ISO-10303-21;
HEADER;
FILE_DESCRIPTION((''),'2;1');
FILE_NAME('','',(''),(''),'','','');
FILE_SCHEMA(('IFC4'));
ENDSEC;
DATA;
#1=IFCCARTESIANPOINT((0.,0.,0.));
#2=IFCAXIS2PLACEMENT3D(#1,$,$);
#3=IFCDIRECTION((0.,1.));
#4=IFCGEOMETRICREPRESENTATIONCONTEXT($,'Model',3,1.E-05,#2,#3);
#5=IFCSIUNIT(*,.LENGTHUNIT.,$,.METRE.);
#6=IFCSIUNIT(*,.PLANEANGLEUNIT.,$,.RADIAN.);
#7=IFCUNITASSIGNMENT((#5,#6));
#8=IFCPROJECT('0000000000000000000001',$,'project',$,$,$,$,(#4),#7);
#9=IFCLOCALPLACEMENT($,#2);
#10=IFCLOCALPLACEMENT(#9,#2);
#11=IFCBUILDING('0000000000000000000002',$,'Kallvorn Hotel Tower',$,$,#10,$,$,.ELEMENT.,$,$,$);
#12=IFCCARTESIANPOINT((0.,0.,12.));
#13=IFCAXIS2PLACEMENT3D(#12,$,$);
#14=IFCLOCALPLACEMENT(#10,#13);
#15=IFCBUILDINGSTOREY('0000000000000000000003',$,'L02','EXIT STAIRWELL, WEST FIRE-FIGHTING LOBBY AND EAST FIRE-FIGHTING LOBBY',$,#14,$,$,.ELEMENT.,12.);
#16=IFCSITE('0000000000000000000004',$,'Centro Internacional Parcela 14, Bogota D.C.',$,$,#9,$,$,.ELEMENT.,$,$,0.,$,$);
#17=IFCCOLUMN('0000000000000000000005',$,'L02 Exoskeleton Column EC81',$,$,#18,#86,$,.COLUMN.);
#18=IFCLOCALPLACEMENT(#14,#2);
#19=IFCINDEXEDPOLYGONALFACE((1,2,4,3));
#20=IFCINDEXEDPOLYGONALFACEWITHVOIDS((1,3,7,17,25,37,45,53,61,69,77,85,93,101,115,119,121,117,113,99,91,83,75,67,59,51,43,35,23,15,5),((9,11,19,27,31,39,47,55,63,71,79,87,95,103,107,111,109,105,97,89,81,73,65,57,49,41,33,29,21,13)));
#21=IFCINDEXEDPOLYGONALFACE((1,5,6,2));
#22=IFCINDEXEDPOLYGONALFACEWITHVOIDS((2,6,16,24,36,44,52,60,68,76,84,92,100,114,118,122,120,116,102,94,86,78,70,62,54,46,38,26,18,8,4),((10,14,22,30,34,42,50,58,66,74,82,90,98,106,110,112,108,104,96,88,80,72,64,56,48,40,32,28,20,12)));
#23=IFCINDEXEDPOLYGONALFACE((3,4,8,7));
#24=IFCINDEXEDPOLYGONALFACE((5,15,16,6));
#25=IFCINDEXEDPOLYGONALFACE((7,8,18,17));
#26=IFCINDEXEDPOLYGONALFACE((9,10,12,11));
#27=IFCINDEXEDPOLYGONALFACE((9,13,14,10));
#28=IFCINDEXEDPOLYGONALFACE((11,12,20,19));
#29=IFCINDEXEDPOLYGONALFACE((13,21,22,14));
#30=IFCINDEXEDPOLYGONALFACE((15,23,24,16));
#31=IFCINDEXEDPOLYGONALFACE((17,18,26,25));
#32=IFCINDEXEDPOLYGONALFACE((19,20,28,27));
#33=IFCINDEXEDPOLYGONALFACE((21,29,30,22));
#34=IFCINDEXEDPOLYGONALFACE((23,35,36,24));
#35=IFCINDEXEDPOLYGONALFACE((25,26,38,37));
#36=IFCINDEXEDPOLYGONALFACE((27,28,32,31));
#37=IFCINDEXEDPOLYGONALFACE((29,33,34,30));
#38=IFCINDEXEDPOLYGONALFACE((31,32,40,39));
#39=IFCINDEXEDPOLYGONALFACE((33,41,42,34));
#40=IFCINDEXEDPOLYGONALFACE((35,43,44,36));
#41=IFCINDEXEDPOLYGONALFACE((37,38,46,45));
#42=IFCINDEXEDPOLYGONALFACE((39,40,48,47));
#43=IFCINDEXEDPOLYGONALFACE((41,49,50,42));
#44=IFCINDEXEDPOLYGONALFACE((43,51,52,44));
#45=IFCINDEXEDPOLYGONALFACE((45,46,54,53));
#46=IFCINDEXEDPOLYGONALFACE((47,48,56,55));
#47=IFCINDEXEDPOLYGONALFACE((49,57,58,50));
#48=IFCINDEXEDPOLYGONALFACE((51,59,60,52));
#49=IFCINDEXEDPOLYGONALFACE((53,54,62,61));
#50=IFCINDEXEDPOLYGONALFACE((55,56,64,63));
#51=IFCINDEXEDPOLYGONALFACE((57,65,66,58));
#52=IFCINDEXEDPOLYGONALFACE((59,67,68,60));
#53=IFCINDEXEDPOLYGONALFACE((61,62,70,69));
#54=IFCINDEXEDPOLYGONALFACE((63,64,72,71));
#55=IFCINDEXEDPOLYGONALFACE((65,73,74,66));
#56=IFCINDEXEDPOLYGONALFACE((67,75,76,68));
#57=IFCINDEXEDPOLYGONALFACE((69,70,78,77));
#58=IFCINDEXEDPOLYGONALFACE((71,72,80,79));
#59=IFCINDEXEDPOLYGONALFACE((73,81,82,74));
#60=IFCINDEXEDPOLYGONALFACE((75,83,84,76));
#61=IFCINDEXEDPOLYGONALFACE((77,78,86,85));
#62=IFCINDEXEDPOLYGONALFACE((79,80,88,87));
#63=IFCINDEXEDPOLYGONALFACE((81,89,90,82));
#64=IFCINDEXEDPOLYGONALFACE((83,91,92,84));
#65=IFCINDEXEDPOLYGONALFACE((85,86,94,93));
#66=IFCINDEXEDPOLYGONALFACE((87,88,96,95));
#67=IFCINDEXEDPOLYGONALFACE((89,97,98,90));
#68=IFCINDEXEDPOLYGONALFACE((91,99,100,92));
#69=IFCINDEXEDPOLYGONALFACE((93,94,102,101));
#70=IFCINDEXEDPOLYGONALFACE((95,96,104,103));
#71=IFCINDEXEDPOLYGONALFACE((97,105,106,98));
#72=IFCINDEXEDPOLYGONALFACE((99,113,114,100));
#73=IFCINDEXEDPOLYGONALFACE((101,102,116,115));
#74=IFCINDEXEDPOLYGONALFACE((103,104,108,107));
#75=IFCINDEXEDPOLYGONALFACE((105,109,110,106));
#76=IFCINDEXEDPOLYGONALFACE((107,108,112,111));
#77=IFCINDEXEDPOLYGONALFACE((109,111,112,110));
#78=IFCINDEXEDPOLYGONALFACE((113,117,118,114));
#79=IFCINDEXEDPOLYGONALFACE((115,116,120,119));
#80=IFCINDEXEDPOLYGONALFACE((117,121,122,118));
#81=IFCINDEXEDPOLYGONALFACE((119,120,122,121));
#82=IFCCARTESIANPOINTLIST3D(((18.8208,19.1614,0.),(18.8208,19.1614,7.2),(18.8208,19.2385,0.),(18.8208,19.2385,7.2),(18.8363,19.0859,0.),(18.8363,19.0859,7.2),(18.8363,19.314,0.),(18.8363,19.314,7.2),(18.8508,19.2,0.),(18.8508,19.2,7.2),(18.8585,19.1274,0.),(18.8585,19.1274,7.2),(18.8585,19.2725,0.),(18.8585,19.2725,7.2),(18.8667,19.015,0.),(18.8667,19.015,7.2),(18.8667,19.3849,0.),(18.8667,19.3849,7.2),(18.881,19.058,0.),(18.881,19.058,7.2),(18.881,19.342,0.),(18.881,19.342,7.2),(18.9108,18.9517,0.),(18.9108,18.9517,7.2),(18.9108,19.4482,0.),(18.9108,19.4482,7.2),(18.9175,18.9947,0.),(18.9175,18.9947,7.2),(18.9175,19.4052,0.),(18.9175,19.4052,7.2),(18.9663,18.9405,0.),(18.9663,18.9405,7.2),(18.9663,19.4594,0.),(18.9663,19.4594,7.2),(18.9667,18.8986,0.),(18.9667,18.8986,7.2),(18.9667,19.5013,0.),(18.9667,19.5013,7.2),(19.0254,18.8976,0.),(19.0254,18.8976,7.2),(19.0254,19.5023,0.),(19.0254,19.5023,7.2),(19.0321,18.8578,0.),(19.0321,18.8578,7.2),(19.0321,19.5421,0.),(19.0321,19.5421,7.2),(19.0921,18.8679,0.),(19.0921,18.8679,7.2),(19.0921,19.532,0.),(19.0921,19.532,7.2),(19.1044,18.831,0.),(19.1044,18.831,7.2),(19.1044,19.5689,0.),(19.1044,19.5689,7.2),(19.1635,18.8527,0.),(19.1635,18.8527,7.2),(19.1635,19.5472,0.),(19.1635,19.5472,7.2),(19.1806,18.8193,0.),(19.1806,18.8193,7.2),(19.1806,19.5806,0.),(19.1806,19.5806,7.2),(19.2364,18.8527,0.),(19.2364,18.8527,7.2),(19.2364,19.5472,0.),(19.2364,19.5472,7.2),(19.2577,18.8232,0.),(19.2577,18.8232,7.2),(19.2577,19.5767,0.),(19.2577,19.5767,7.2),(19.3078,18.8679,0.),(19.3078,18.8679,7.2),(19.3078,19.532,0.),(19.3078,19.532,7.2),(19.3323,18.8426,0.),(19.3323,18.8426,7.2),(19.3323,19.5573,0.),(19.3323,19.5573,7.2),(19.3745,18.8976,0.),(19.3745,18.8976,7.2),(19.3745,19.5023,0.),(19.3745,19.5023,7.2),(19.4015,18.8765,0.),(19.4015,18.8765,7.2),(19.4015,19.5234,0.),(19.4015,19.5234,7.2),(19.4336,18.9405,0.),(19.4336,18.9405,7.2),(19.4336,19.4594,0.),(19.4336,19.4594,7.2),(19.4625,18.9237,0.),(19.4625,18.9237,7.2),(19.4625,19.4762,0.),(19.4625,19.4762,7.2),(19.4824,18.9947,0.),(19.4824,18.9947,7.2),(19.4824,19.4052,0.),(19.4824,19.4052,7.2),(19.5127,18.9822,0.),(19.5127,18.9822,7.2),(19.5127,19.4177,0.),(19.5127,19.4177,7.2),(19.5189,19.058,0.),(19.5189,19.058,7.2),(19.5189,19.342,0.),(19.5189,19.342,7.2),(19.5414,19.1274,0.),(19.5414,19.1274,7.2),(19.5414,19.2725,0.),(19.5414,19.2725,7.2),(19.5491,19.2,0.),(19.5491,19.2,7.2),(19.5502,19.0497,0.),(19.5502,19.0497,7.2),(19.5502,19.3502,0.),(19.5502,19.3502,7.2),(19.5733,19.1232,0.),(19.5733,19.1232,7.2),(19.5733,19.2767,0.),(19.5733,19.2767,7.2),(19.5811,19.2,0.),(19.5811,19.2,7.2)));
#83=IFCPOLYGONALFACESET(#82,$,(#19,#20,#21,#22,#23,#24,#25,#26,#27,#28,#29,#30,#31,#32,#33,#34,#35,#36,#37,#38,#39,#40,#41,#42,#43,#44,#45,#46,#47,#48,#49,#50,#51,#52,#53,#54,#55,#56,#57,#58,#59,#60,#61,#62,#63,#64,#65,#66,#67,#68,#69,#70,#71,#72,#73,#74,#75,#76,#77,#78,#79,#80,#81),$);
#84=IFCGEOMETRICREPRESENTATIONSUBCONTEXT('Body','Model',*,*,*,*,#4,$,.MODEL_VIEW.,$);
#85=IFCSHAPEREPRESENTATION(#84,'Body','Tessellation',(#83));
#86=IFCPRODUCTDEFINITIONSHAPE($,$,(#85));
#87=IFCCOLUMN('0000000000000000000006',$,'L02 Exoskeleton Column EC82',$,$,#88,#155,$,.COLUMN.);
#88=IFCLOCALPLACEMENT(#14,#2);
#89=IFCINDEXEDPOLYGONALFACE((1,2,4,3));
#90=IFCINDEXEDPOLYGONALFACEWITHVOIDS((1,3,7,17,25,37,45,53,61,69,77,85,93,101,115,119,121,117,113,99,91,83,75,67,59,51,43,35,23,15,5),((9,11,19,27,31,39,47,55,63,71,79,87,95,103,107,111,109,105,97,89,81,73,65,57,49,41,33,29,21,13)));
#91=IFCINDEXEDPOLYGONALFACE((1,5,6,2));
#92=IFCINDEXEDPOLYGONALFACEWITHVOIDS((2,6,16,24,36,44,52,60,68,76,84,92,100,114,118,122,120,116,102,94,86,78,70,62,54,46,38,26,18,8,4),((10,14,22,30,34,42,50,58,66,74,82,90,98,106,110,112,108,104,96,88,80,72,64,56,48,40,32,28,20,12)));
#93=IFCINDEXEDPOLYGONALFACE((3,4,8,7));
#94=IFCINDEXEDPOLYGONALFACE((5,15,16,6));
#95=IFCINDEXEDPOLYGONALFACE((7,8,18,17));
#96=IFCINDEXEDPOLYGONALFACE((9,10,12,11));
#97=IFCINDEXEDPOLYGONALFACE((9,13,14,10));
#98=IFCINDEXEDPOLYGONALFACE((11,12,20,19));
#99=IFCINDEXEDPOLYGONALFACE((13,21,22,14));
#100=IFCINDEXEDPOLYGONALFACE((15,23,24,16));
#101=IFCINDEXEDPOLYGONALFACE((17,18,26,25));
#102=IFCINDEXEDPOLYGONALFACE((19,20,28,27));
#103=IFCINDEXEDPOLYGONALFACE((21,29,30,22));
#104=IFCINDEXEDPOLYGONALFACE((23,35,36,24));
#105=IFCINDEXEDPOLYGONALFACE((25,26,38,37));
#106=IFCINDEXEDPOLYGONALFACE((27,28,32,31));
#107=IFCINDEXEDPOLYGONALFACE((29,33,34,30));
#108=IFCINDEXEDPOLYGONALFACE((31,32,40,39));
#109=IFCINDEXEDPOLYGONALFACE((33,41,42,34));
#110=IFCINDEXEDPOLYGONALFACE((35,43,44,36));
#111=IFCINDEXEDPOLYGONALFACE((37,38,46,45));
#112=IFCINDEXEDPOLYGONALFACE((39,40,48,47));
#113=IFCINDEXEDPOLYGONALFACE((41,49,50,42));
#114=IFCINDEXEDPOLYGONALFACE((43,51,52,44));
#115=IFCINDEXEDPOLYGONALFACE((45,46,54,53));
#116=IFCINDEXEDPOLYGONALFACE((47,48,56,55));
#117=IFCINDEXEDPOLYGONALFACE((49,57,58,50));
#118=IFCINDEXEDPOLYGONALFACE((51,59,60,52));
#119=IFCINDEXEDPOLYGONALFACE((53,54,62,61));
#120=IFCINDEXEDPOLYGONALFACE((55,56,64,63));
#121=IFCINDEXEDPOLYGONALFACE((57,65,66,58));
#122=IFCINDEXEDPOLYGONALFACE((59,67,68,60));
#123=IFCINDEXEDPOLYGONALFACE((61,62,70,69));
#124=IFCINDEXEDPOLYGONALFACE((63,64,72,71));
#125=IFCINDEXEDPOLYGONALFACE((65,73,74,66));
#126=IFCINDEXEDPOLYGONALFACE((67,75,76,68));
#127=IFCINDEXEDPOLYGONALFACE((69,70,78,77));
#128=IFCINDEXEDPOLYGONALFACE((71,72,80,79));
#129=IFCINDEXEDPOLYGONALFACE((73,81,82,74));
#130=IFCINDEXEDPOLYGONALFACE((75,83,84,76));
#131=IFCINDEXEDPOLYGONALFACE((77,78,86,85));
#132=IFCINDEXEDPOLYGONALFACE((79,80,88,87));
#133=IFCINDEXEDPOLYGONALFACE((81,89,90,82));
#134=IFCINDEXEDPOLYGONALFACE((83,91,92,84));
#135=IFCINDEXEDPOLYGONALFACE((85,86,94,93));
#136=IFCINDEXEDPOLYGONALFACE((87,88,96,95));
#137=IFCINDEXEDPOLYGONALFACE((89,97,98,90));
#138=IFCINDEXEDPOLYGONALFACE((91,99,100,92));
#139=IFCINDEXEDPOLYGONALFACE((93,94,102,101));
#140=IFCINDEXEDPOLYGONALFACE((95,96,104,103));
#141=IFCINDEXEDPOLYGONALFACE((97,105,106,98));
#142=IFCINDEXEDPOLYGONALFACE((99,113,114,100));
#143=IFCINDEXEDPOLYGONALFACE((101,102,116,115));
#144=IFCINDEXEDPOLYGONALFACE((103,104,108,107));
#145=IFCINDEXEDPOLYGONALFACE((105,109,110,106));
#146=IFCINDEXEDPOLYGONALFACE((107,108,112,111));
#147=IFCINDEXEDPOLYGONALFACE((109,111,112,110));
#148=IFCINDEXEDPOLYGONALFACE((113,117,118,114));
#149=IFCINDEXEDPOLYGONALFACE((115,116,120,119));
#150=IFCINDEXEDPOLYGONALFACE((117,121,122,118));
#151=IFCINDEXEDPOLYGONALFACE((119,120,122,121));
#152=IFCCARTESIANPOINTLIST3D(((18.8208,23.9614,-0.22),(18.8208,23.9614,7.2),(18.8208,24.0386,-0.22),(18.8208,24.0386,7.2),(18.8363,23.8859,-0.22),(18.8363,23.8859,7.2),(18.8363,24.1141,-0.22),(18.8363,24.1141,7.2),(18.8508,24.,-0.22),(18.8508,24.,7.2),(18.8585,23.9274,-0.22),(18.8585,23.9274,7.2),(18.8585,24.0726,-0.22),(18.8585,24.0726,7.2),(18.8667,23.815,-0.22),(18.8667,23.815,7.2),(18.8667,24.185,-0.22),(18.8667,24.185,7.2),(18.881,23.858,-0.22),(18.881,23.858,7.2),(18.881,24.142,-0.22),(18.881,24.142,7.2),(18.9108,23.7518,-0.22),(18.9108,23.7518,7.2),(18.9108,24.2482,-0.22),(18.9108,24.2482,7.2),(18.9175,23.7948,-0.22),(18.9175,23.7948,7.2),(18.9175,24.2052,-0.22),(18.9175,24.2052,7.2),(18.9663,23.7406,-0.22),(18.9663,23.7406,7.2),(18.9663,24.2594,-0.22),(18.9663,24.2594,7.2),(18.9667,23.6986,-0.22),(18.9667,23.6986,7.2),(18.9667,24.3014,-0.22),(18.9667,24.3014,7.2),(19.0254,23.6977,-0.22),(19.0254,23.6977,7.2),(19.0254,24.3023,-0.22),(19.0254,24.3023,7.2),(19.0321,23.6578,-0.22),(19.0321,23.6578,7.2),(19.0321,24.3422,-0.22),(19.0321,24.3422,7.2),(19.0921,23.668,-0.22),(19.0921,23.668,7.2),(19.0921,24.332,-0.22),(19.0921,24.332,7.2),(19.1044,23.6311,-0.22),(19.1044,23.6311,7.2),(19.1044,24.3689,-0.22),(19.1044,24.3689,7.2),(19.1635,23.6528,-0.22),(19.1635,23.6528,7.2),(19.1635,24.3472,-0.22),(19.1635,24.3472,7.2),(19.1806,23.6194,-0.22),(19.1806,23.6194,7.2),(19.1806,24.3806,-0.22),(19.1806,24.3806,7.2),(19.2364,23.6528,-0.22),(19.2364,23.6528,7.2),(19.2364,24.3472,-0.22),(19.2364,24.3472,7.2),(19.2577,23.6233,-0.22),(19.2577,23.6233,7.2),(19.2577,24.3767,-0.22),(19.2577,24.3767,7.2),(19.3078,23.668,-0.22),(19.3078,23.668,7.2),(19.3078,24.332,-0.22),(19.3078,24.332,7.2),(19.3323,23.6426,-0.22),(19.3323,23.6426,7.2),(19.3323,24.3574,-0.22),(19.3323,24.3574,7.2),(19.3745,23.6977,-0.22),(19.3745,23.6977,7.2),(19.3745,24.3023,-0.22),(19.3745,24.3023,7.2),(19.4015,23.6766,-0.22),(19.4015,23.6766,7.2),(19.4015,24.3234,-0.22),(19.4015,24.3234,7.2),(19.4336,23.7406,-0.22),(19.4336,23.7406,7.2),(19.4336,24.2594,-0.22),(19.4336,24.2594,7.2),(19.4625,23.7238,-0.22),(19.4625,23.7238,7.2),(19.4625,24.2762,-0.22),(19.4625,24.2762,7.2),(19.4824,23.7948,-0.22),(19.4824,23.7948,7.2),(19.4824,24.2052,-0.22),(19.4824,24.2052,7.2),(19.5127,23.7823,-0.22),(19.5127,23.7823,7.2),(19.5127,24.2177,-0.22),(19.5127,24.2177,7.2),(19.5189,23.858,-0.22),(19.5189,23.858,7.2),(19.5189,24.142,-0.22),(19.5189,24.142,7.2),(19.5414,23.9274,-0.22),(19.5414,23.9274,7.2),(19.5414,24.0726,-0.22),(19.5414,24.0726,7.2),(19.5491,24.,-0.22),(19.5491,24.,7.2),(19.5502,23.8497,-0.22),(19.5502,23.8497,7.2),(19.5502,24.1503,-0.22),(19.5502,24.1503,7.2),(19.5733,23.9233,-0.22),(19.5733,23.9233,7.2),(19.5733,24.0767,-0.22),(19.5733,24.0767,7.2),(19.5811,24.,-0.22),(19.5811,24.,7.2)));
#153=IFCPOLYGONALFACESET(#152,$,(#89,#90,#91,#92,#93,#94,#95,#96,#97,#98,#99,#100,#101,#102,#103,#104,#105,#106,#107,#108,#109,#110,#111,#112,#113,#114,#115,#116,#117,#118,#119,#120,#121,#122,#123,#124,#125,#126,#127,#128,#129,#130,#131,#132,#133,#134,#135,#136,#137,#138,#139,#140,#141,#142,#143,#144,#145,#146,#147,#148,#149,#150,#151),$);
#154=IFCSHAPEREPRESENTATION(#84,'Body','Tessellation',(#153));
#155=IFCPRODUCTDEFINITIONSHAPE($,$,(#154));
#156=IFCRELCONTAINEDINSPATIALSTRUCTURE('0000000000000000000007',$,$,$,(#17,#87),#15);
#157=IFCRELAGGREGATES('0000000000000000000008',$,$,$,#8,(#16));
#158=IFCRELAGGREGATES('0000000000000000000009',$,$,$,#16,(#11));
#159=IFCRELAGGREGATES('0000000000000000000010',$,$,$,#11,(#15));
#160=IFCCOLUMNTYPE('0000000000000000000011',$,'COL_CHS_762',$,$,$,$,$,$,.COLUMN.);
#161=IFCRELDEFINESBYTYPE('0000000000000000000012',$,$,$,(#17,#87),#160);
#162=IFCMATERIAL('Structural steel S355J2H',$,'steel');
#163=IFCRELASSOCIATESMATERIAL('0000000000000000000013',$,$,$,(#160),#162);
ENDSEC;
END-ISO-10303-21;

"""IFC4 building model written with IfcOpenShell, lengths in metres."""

from ifc_helpers import new_model, si_unit, direction, frame, origin, origin_2d, place, context, subcontext, project, spatial, hollow_circle, extrude, material, material_profile, profile_set, type_object, element, save


model = new_model("IFC4")

# Units and contexts
model_context = context("Model", 3, precision=1e-05, world=origin(), true_north=direction((0.0, 1.0)))
body_context = subcontext(model_context, "Body", "Model", "MODEL_VIEW")
ifc_project = project(units=[si_unit("LENGTHUNIT", "METRE"), si_unit("PLANEANGLEUNIT", "RADIAN")], contexts=[model_context])

# Site, building, storey
site_placement = place(None, origin())
site = spatial("IfcSite", under=ifc_project, at=site_placement, Name="Centro Internacional Parcela 14, Bogota D.C.", CompositionType="ELEMENT", RefElevation=0.0)
building_placement = place(site_placement, origin())
building = spatial("IfcBuilding", under=site, at=building_placement, Name="Kallvorn Hotel Tower", CompositionType="ELEMENT")
storey_placement = place(building_placement, frame((0.0, 0.0, 12.0)))
storey = spatial("IfcBuildingStorey", under=building, at=storey_placement, Name="L02", Description="EXIT STAIRWELL, WEST FIRE-FIGHTING LOBBY AND EAST FIRE-FIGHTING LOBBY", CompositionType="ELEMENT", Elevation=12.0)

# Columns
ifc_material_1 = material(Name="Structural steel S355J2H", Category="steel")
ifc_material_profile_1 = material_profile(ifc_material_1, hollow_circle(Radius=0.3811, WallThickness=0.032, at=origin_2d()), Name="CHS 762x32")
ifc_profile_set_1 = profile_set([ifc_material_profile_1], Name="Structural steel S355J2H")
column_type_1 = type_object("IfcColumnType", Name="COL_CHS_762", PredefinedType="COLUMN", material=ifc_profile_set_1)
column_1_placement = place(storey_placement, frame((19.2, 19.2, 0.0), z_axis=(0.0, 0.0, 1.0), x_axis=(1.0, 0.0, 0.0)))
element("IfcColumn", 1, at=column_1_placement, inside=storey, type_object=column_type_1, Name="L02 Exoskeleton Column EC81", PredefinedType="COLUMN", context=body_context, shape_type="SweptSolid", body=[
    extrude(hollow_circle(Radius=0.3811, WallThickness=0.032, at=origin_2d()), origin(), (0.0, 0.0, 1.0), 7.2),
])
column_2_placement = place(storey_placement, frame((19.2, 24.0, -0.22), z_axis=(0.0, 0.0, 1.0), x_axis=(1.0, 0.0, 0.0)))
element("IfcColumn", 2, at=column_2_placement, inside=storey, type_object=column_type_1, Name="L02 Exoskeleton Column EC82", PredefinedType="COLUMN", context=body_context, shape_type="SweptSolid", body=[
    extrude(hollow_circle(Radius=0.3811, WallThickness=0.032, at=origin_2d()), origin(), (0.0, 0.0, 1.0), 7.4199),
])

save(model, "model.ifc")
